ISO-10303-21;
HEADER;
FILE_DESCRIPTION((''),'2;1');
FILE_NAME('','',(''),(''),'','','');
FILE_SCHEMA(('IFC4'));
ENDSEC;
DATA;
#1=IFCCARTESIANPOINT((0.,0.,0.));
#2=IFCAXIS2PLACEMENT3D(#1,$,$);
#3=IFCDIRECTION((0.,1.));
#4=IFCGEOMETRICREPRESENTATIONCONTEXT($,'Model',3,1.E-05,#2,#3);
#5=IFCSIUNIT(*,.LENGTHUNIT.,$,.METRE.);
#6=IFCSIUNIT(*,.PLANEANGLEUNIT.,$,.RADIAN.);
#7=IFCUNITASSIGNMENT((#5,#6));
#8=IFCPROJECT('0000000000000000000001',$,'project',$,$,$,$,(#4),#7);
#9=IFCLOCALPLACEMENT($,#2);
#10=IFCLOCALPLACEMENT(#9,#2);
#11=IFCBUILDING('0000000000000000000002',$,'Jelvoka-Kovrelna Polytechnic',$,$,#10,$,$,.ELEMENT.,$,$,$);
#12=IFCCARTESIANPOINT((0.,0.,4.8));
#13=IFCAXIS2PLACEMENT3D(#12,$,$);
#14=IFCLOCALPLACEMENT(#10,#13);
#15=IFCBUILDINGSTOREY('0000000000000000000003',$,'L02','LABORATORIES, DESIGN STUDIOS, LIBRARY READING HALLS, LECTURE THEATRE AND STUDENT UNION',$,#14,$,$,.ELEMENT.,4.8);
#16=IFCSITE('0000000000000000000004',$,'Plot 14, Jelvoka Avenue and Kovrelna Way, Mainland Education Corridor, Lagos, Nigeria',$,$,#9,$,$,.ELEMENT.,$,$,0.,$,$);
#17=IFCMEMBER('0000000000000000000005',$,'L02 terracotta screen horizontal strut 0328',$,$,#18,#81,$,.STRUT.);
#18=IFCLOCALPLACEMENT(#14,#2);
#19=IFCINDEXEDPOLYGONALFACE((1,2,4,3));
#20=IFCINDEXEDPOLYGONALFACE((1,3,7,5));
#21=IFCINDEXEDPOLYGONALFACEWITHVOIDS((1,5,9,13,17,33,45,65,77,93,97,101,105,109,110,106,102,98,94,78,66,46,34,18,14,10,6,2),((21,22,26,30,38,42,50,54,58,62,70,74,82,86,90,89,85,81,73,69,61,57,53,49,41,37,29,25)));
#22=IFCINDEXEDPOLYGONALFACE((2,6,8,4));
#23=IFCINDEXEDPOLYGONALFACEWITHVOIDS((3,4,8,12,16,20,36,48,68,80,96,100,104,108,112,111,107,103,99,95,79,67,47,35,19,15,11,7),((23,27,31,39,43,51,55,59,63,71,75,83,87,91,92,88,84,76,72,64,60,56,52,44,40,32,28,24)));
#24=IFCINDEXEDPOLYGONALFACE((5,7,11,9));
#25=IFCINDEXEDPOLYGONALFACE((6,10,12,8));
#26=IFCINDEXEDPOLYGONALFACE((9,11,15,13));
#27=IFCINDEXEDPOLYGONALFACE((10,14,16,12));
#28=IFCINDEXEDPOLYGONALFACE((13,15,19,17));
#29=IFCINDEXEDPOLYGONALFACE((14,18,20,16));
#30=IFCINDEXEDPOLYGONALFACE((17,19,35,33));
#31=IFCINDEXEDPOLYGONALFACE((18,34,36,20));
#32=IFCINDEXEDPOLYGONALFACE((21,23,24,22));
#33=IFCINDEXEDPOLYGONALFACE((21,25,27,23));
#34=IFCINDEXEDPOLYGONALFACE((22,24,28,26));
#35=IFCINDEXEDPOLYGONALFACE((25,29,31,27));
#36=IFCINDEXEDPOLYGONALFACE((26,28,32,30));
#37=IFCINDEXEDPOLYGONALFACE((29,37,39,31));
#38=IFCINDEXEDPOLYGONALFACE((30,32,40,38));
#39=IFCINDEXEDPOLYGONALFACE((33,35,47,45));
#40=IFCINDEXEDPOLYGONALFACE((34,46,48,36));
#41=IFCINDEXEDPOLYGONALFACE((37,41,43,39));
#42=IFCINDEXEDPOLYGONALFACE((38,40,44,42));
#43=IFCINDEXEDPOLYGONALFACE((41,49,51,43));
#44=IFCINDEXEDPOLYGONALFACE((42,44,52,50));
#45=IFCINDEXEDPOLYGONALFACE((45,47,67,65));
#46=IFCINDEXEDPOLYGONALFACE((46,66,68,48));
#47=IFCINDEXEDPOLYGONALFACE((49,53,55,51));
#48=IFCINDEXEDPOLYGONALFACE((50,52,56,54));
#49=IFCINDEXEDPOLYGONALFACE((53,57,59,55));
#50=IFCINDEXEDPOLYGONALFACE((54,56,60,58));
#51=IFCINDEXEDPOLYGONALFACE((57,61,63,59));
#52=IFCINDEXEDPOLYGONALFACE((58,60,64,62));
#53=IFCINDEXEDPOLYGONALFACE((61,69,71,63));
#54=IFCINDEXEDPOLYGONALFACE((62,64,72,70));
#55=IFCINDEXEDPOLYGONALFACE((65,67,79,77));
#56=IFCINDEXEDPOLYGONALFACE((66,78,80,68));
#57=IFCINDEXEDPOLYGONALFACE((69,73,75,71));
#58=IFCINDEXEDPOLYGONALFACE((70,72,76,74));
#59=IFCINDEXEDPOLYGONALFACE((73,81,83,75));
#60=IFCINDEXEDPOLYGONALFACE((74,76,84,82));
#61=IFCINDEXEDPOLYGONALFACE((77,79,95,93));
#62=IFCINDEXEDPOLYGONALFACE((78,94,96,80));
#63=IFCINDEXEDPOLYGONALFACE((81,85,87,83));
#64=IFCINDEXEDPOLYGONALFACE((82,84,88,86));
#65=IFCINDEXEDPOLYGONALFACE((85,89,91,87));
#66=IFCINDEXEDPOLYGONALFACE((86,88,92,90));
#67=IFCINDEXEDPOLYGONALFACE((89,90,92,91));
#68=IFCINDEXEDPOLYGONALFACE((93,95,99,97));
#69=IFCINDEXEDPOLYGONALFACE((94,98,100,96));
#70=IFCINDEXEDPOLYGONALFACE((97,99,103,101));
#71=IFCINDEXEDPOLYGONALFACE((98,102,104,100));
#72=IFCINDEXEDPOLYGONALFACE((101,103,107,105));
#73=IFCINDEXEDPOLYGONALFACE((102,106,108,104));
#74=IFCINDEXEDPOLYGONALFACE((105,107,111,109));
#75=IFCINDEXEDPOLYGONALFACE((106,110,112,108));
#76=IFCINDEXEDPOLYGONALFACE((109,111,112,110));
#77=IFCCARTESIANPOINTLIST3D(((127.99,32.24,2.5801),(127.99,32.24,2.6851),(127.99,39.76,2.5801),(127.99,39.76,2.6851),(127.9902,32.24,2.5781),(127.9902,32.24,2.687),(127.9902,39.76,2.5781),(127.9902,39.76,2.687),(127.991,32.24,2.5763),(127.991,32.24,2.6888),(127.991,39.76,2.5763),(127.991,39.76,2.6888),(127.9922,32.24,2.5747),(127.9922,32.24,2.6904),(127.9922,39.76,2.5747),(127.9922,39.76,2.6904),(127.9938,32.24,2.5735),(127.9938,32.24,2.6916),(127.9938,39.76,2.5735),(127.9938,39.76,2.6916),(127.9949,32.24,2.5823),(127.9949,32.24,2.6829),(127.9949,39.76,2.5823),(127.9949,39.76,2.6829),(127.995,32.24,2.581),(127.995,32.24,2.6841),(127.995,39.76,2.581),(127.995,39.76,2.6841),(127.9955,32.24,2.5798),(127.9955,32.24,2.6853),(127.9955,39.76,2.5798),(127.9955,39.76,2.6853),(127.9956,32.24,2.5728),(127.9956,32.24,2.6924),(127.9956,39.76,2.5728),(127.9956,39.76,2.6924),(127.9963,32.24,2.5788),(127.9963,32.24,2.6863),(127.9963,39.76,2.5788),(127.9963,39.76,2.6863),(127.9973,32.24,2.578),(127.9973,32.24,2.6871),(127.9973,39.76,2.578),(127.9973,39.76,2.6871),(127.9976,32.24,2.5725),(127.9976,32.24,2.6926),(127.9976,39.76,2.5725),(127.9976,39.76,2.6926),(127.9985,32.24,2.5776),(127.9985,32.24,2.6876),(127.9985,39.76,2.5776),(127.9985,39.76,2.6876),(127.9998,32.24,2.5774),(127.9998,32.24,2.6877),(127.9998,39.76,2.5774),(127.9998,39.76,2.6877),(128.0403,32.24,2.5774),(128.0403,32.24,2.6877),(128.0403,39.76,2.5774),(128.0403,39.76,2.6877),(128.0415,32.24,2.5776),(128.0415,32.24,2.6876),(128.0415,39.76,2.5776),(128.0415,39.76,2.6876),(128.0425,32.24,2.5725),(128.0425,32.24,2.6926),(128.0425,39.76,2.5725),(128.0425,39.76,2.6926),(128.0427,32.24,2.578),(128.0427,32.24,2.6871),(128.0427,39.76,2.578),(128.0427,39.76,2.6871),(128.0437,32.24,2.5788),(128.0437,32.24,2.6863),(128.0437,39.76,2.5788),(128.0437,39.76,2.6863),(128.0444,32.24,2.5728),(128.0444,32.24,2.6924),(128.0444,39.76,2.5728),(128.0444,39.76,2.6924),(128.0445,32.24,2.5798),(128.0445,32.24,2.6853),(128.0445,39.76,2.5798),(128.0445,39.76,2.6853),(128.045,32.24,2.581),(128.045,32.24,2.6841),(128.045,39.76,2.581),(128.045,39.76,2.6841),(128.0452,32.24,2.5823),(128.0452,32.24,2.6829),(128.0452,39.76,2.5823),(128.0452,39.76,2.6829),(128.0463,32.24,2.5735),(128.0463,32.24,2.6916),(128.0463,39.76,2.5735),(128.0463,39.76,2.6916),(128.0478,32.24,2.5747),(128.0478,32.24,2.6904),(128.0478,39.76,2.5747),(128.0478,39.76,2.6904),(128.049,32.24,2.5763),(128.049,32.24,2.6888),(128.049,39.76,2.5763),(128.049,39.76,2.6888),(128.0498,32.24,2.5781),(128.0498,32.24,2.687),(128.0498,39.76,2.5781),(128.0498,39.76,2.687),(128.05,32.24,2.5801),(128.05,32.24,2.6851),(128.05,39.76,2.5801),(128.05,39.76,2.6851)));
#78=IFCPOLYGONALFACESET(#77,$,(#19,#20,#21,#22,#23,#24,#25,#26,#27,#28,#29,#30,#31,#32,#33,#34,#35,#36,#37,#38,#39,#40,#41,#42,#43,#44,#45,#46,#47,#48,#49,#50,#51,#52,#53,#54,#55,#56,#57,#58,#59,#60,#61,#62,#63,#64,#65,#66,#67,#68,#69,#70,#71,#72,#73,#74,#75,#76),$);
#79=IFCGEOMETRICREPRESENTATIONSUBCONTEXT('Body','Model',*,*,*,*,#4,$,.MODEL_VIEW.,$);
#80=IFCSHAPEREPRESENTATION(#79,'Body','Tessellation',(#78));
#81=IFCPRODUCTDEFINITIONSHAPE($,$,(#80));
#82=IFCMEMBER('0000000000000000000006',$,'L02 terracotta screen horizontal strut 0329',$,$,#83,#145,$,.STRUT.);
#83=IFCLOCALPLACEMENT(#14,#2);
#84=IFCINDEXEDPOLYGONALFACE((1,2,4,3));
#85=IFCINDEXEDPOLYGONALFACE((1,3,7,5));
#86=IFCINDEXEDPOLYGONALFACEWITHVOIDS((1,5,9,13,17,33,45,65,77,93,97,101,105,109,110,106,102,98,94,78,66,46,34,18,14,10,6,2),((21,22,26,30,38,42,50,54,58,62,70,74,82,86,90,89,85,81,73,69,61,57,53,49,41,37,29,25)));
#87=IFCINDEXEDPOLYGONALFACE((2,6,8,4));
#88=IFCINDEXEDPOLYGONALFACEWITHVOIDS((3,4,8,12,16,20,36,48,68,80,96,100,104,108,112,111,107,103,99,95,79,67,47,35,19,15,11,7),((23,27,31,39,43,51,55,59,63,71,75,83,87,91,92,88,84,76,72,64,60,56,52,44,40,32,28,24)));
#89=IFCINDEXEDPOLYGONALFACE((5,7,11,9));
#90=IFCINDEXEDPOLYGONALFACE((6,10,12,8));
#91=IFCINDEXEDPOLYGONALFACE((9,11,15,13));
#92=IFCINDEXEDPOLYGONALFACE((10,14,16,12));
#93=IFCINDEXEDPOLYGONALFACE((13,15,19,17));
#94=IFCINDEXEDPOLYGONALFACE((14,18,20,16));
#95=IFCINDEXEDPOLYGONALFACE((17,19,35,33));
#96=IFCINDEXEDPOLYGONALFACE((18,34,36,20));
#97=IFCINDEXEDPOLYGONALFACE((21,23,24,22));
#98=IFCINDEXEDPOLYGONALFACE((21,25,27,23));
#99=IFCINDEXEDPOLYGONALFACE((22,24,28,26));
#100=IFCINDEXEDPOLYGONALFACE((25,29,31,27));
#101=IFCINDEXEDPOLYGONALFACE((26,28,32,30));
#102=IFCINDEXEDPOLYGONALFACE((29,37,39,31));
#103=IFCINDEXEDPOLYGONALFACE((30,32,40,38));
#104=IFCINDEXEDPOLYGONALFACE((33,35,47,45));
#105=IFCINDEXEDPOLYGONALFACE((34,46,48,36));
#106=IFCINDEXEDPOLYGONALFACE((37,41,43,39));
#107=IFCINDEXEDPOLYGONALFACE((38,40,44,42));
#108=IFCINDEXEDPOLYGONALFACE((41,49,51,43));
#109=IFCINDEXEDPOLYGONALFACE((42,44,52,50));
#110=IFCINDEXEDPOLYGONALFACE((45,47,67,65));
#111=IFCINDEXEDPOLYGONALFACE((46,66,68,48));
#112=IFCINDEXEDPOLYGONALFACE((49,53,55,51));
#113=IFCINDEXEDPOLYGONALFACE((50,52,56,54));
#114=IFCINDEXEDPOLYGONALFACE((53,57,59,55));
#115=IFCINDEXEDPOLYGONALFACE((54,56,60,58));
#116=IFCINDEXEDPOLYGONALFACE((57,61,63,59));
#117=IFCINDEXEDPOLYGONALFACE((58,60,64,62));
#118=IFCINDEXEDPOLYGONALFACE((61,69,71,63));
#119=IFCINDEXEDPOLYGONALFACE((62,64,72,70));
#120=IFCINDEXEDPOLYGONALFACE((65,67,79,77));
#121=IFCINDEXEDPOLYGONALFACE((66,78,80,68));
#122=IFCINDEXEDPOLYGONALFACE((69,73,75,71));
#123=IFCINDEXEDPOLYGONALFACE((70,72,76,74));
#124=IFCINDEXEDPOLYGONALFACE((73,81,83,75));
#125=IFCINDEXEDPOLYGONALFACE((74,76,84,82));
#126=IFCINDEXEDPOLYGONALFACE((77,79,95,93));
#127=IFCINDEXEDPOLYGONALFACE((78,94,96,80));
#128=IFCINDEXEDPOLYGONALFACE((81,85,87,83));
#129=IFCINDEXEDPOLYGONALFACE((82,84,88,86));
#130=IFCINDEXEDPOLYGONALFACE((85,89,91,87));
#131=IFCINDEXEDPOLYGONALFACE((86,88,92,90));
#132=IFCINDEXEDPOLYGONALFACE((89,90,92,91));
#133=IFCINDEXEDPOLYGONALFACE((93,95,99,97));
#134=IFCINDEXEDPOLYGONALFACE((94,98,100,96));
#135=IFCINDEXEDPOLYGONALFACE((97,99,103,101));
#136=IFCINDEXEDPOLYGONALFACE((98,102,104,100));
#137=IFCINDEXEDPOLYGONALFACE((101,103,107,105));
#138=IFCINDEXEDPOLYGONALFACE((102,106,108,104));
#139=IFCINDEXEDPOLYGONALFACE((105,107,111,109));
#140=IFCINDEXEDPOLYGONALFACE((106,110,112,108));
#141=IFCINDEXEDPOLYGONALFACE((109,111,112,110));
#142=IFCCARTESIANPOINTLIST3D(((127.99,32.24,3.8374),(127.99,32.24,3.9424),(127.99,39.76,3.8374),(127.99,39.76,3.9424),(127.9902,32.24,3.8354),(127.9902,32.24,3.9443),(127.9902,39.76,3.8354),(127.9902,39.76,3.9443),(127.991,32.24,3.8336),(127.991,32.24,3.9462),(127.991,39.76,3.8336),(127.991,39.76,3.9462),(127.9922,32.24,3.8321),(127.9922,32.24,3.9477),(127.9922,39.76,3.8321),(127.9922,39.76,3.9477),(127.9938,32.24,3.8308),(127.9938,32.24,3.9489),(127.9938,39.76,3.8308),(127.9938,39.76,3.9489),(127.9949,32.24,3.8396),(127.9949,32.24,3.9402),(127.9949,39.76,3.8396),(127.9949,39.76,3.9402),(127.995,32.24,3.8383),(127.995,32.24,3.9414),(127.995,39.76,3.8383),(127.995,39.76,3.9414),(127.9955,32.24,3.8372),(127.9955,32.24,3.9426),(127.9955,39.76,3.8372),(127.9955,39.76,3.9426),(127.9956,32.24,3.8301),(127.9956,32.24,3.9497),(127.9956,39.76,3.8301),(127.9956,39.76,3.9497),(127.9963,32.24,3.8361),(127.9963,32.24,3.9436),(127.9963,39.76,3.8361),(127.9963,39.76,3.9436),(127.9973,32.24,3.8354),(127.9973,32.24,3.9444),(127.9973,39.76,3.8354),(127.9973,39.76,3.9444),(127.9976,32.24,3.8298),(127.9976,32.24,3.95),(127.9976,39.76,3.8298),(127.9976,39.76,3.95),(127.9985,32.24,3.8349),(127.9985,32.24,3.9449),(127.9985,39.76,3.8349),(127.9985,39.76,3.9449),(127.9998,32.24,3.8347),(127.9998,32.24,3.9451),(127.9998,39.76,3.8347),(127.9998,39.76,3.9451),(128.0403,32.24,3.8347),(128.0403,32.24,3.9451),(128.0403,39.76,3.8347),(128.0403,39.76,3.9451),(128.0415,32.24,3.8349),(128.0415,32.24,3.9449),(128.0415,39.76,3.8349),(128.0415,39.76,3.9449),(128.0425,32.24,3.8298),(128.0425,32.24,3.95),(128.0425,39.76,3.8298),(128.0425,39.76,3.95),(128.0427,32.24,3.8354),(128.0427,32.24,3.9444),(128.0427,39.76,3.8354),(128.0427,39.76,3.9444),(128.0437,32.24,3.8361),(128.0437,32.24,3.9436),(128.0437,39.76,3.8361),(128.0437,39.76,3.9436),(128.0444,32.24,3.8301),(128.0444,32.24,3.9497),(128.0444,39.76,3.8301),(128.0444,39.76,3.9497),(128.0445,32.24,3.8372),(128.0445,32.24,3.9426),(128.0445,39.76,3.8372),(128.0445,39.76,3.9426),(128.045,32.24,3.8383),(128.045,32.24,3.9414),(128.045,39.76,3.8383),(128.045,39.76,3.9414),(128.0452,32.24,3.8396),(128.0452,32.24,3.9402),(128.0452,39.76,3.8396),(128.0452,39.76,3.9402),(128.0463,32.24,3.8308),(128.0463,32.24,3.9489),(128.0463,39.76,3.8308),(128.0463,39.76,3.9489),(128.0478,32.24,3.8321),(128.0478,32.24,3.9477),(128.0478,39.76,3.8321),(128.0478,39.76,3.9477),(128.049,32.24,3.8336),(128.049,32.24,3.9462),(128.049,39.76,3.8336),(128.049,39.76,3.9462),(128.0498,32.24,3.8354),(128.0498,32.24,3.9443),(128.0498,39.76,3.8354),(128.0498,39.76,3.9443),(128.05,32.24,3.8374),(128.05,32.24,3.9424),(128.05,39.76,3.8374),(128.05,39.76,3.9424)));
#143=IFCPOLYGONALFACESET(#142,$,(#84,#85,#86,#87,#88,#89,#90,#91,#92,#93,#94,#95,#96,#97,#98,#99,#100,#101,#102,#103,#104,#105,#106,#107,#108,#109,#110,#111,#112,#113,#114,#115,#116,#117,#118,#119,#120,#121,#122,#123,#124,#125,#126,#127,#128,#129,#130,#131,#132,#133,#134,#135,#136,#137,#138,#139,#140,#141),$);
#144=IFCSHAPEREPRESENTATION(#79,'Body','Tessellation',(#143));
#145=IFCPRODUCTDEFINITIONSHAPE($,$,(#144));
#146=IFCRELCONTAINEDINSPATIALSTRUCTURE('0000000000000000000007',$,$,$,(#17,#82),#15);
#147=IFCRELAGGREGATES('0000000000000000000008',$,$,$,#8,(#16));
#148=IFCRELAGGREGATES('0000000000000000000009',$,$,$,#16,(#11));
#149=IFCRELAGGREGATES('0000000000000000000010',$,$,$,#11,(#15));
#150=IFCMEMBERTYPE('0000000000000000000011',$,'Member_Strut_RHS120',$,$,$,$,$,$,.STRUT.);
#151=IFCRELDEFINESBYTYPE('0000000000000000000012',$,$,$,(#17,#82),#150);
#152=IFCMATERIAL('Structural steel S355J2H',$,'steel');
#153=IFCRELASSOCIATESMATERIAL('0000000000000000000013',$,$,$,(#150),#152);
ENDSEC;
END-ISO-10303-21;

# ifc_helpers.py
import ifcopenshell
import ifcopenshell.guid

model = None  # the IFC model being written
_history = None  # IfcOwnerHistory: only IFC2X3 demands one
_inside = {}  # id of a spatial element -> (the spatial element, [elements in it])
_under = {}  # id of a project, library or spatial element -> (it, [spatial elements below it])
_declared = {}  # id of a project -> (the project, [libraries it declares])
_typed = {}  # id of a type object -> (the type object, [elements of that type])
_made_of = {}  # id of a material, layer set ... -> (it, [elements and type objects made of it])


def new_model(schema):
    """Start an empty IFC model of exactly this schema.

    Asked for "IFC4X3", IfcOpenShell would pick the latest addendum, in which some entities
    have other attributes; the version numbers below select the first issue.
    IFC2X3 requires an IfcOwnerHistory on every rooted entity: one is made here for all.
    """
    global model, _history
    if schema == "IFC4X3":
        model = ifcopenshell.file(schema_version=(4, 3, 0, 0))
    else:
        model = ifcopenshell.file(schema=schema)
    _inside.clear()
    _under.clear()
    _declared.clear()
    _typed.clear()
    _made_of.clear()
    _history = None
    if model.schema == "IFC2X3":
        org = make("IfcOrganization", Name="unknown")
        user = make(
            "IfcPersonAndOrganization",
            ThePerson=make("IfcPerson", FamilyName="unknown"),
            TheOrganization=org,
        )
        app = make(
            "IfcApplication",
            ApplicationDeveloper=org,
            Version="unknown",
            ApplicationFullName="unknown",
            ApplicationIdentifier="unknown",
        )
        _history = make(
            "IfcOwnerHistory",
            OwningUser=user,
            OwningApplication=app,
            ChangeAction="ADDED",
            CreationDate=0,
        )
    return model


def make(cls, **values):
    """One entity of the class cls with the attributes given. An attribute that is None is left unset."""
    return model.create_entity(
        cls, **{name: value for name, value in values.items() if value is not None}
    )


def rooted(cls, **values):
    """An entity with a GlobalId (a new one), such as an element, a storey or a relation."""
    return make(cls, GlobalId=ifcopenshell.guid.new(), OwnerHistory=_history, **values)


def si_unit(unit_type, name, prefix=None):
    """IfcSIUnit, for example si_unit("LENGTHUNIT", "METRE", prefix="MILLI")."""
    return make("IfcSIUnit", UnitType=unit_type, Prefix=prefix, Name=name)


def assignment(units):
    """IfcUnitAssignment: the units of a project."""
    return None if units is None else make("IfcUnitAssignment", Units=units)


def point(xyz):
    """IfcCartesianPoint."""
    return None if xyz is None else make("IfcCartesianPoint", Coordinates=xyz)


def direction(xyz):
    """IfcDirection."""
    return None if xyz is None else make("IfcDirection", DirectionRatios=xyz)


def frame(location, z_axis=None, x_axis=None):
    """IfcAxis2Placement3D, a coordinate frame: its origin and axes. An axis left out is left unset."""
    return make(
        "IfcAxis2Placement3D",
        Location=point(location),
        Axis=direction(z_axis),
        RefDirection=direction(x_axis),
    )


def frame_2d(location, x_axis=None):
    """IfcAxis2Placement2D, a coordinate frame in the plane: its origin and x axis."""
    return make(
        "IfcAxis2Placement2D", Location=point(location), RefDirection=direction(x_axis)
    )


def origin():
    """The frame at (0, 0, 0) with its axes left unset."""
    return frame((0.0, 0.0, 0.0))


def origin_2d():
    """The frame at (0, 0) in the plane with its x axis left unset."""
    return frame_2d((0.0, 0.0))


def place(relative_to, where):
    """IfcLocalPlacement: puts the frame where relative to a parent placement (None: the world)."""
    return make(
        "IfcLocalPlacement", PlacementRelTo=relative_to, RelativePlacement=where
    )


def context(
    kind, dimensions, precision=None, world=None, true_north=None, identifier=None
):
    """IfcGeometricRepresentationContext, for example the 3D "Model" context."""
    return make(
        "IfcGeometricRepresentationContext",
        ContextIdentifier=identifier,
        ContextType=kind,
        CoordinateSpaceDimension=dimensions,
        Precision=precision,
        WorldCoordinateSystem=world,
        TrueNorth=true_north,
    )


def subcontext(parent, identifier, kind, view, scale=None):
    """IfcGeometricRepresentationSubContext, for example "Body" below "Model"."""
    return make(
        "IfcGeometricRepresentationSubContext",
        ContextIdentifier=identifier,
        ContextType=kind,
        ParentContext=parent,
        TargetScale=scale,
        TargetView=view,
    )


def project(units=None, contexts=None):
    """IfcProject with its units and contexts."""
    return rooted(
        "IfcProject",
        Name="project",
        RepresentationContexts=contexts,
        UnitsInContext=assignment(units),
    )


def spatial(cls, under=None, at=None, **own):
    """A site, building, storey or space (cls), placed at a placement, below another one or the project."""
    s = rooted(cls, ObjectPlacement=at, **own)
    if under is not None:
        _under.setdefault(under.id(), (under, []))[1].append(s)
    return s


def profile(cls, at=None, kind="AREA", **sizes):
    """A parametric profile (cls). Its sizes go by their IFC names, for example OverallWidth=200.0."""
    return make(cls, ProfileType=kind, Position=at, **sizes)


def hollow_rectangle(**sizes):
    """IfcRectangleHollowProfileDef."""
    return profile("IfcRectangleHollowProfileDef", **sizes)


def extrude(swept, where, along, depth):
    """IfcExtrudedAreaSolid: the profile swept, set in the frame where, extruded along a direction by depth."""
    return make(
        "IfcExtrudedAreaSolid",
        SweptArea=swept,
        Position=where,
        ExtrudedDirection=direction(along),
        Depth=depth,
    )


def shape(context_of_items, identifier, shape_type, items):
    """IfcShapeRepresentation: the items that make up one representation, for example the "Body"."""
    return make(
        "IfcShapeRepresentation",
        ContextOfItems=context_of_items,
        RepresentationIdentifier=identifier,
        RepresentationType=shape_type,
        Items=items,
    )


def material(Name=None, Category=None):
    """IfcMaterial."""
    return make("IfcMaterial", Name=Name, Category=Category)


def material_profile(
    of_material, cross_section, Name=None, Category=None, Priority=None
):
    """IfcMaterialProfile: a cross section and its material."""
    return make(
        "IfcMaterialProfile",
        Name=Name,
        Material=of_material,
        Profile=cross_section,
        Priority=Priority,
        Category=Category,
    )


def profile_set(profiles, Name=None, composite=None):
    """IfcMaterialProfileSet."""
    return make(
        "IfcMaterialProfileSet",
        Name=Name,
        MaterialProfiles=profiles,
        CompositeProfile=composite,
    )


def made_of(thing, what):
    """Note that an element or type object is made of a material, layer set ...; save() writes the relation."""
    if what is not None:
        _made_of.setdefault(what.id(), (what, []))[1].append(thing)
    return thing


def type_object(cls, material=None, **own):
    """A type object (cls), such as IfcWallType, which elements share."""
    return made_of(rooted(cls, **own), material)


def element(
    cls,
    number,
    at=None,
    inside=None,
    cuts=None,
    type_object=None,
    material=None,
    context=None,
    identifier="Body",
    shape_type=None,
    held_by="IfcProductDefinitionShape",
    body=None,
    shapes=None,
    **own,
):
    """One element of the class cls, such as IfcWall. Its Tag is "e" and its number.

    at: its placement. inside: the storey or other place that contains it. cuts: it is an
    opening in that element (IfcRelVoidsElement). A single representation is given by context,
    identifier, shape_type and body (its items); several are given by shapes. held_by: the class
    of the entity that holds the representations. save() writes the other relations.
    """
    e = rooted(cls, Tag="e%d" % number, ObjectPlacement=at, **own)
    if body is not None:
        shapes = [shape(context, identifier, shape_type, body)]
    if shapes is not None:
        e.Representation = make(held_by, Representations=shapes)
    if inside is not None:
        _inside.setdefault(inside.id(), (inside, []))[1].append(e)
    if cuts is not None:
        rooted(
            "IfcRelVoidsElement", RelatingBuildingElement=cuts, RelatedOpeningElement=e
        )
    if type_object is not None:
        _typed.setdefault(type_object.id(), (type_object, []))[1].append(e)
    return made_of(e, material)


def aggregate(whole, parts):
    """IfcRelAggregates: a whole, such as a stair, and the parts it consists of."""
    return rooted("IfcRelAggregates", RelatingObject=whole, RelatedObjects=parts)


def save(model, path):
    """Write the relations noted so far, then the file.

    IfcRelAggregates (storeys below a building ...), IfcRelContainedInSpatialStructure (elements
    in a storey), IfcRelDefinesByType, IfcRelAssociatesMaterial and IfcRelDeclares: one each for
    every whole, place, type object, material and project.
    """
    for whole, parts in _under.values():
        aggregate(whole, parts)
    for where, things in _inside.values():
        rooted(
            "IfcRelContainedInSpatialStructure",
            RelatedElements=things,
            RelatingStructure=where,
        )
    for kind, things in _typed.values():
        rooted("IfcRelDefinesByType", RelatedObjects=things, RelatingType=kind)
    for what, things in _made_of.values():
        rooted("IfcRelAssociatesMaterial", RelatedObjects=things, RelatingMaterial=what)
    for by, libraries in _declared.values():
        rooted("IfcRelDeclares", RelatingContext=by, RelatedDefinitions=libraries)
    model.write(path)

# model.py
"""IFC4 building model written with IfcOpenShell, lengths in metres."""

from ifc_helpers import new_model, si_unit, direction, frame, origin, origin_2d, place, context, subcontext, project, spatial, hollow_rectangle, extrude, material, material_profile, profile_set, type_object, element, save


model = new_model("IFC4")

# Units and contexts
model_context = context("Model", 3, precision=1e-05, world=origin(), true_north=direction((0.0, 1.0)))
body_context = subcontext(model_context, "Body", "Model", "MODEL_VIEW")
ifc_project = project(units=[si_unit("LENGTHUNIT", "METRE"), si_unit("PLANEANGLEUNIT", "RADIAN")], contexts=[model_context])

# Site, building, storey
site_placement = place(None, origin())
site = spatial("IfcSite", under=ifc_project, at=site_placement, Name="Plot 14, Jelvoka Avenue and Kovrelna Way, Mainland Education Corridor, Lagos, Nigeria", CompositionType="ELEMENT", RefElevation=0.0)
building_placement = place(site_placement, origin())
building = spatial("IfcBuilding", under=site, at=building_placement, Name="Jelvoka-Kovrelna Polytechnic", CompositionType="ELEMENT")
storey_placement = place(building_placement, frame((0.0, 0.0, 4.8)))
storey = spatial("IfcBuildingStorey", under=building, at=storey_placement, Name="L02", Description="LABORATORIES, DESIGN STUDIOS, LIBRARY READING HALLS, LECTURE THEATRE AND STUDENT UNION", CompositionType="ELEMENT", Elevation=4.8)

# Members
ifc_material_1 = material(Name="Structural steel S355J2H", Category="steel")
ifc_material_profile_1 = material_profile(ifc_material_1, hollow_rectangle(XDim=0.0601, YDim=0.1201, WallThickness=0.0049, InnerFilletRadius=0.0049, OuterFilletRadius=0.0076, at=origin_2d()), Name="120x60x5.0 RHS")
ifc_profile_set_1 = profile_set([ifc_material_profile_1], Name="Structural steel S355J2H")
member_type_1 = type_object("IfcMemberType", Name="Member_Strut_RHS120", PredefinedType="STRUT", material=ifc_profile_set_1)
for number, where, z_axis, x_axis, name in (
    (1, (128.02, 32.24, 2.6326), (0.0, 1.0, 0.0), (-1.0, 0.0, 0.0), "L02 terracotta screen horizontal strut 0328"),
    (2, (128.02, 32.24, 3.8899), (0.0, 1.0, 0.0), (-1.0, 0.0, 0.0), "L02 terracotta screen horizontal strut 0329"),
):
    element("IfcMember", number, at=place(storey_placement, frame(where, z_axis=z_axis, x_axis=x_axis)), inside=storey, type_object=member_type_1, Name=name, PredefinedType="STRUT", context=body_context, shape_type="SweptSolid", body=[
        extrude(hollow_rectangle(XDim=0.0601, YDim=0.1201, WallThickness=0.0049, InnerFilletRadius=0.0049, OuterFilletRadius=0.0076, at=origin_2d()), origin(), (0.0, 0.0, 1.0), 7.52),
    ])

save(model, "model.ifc")
